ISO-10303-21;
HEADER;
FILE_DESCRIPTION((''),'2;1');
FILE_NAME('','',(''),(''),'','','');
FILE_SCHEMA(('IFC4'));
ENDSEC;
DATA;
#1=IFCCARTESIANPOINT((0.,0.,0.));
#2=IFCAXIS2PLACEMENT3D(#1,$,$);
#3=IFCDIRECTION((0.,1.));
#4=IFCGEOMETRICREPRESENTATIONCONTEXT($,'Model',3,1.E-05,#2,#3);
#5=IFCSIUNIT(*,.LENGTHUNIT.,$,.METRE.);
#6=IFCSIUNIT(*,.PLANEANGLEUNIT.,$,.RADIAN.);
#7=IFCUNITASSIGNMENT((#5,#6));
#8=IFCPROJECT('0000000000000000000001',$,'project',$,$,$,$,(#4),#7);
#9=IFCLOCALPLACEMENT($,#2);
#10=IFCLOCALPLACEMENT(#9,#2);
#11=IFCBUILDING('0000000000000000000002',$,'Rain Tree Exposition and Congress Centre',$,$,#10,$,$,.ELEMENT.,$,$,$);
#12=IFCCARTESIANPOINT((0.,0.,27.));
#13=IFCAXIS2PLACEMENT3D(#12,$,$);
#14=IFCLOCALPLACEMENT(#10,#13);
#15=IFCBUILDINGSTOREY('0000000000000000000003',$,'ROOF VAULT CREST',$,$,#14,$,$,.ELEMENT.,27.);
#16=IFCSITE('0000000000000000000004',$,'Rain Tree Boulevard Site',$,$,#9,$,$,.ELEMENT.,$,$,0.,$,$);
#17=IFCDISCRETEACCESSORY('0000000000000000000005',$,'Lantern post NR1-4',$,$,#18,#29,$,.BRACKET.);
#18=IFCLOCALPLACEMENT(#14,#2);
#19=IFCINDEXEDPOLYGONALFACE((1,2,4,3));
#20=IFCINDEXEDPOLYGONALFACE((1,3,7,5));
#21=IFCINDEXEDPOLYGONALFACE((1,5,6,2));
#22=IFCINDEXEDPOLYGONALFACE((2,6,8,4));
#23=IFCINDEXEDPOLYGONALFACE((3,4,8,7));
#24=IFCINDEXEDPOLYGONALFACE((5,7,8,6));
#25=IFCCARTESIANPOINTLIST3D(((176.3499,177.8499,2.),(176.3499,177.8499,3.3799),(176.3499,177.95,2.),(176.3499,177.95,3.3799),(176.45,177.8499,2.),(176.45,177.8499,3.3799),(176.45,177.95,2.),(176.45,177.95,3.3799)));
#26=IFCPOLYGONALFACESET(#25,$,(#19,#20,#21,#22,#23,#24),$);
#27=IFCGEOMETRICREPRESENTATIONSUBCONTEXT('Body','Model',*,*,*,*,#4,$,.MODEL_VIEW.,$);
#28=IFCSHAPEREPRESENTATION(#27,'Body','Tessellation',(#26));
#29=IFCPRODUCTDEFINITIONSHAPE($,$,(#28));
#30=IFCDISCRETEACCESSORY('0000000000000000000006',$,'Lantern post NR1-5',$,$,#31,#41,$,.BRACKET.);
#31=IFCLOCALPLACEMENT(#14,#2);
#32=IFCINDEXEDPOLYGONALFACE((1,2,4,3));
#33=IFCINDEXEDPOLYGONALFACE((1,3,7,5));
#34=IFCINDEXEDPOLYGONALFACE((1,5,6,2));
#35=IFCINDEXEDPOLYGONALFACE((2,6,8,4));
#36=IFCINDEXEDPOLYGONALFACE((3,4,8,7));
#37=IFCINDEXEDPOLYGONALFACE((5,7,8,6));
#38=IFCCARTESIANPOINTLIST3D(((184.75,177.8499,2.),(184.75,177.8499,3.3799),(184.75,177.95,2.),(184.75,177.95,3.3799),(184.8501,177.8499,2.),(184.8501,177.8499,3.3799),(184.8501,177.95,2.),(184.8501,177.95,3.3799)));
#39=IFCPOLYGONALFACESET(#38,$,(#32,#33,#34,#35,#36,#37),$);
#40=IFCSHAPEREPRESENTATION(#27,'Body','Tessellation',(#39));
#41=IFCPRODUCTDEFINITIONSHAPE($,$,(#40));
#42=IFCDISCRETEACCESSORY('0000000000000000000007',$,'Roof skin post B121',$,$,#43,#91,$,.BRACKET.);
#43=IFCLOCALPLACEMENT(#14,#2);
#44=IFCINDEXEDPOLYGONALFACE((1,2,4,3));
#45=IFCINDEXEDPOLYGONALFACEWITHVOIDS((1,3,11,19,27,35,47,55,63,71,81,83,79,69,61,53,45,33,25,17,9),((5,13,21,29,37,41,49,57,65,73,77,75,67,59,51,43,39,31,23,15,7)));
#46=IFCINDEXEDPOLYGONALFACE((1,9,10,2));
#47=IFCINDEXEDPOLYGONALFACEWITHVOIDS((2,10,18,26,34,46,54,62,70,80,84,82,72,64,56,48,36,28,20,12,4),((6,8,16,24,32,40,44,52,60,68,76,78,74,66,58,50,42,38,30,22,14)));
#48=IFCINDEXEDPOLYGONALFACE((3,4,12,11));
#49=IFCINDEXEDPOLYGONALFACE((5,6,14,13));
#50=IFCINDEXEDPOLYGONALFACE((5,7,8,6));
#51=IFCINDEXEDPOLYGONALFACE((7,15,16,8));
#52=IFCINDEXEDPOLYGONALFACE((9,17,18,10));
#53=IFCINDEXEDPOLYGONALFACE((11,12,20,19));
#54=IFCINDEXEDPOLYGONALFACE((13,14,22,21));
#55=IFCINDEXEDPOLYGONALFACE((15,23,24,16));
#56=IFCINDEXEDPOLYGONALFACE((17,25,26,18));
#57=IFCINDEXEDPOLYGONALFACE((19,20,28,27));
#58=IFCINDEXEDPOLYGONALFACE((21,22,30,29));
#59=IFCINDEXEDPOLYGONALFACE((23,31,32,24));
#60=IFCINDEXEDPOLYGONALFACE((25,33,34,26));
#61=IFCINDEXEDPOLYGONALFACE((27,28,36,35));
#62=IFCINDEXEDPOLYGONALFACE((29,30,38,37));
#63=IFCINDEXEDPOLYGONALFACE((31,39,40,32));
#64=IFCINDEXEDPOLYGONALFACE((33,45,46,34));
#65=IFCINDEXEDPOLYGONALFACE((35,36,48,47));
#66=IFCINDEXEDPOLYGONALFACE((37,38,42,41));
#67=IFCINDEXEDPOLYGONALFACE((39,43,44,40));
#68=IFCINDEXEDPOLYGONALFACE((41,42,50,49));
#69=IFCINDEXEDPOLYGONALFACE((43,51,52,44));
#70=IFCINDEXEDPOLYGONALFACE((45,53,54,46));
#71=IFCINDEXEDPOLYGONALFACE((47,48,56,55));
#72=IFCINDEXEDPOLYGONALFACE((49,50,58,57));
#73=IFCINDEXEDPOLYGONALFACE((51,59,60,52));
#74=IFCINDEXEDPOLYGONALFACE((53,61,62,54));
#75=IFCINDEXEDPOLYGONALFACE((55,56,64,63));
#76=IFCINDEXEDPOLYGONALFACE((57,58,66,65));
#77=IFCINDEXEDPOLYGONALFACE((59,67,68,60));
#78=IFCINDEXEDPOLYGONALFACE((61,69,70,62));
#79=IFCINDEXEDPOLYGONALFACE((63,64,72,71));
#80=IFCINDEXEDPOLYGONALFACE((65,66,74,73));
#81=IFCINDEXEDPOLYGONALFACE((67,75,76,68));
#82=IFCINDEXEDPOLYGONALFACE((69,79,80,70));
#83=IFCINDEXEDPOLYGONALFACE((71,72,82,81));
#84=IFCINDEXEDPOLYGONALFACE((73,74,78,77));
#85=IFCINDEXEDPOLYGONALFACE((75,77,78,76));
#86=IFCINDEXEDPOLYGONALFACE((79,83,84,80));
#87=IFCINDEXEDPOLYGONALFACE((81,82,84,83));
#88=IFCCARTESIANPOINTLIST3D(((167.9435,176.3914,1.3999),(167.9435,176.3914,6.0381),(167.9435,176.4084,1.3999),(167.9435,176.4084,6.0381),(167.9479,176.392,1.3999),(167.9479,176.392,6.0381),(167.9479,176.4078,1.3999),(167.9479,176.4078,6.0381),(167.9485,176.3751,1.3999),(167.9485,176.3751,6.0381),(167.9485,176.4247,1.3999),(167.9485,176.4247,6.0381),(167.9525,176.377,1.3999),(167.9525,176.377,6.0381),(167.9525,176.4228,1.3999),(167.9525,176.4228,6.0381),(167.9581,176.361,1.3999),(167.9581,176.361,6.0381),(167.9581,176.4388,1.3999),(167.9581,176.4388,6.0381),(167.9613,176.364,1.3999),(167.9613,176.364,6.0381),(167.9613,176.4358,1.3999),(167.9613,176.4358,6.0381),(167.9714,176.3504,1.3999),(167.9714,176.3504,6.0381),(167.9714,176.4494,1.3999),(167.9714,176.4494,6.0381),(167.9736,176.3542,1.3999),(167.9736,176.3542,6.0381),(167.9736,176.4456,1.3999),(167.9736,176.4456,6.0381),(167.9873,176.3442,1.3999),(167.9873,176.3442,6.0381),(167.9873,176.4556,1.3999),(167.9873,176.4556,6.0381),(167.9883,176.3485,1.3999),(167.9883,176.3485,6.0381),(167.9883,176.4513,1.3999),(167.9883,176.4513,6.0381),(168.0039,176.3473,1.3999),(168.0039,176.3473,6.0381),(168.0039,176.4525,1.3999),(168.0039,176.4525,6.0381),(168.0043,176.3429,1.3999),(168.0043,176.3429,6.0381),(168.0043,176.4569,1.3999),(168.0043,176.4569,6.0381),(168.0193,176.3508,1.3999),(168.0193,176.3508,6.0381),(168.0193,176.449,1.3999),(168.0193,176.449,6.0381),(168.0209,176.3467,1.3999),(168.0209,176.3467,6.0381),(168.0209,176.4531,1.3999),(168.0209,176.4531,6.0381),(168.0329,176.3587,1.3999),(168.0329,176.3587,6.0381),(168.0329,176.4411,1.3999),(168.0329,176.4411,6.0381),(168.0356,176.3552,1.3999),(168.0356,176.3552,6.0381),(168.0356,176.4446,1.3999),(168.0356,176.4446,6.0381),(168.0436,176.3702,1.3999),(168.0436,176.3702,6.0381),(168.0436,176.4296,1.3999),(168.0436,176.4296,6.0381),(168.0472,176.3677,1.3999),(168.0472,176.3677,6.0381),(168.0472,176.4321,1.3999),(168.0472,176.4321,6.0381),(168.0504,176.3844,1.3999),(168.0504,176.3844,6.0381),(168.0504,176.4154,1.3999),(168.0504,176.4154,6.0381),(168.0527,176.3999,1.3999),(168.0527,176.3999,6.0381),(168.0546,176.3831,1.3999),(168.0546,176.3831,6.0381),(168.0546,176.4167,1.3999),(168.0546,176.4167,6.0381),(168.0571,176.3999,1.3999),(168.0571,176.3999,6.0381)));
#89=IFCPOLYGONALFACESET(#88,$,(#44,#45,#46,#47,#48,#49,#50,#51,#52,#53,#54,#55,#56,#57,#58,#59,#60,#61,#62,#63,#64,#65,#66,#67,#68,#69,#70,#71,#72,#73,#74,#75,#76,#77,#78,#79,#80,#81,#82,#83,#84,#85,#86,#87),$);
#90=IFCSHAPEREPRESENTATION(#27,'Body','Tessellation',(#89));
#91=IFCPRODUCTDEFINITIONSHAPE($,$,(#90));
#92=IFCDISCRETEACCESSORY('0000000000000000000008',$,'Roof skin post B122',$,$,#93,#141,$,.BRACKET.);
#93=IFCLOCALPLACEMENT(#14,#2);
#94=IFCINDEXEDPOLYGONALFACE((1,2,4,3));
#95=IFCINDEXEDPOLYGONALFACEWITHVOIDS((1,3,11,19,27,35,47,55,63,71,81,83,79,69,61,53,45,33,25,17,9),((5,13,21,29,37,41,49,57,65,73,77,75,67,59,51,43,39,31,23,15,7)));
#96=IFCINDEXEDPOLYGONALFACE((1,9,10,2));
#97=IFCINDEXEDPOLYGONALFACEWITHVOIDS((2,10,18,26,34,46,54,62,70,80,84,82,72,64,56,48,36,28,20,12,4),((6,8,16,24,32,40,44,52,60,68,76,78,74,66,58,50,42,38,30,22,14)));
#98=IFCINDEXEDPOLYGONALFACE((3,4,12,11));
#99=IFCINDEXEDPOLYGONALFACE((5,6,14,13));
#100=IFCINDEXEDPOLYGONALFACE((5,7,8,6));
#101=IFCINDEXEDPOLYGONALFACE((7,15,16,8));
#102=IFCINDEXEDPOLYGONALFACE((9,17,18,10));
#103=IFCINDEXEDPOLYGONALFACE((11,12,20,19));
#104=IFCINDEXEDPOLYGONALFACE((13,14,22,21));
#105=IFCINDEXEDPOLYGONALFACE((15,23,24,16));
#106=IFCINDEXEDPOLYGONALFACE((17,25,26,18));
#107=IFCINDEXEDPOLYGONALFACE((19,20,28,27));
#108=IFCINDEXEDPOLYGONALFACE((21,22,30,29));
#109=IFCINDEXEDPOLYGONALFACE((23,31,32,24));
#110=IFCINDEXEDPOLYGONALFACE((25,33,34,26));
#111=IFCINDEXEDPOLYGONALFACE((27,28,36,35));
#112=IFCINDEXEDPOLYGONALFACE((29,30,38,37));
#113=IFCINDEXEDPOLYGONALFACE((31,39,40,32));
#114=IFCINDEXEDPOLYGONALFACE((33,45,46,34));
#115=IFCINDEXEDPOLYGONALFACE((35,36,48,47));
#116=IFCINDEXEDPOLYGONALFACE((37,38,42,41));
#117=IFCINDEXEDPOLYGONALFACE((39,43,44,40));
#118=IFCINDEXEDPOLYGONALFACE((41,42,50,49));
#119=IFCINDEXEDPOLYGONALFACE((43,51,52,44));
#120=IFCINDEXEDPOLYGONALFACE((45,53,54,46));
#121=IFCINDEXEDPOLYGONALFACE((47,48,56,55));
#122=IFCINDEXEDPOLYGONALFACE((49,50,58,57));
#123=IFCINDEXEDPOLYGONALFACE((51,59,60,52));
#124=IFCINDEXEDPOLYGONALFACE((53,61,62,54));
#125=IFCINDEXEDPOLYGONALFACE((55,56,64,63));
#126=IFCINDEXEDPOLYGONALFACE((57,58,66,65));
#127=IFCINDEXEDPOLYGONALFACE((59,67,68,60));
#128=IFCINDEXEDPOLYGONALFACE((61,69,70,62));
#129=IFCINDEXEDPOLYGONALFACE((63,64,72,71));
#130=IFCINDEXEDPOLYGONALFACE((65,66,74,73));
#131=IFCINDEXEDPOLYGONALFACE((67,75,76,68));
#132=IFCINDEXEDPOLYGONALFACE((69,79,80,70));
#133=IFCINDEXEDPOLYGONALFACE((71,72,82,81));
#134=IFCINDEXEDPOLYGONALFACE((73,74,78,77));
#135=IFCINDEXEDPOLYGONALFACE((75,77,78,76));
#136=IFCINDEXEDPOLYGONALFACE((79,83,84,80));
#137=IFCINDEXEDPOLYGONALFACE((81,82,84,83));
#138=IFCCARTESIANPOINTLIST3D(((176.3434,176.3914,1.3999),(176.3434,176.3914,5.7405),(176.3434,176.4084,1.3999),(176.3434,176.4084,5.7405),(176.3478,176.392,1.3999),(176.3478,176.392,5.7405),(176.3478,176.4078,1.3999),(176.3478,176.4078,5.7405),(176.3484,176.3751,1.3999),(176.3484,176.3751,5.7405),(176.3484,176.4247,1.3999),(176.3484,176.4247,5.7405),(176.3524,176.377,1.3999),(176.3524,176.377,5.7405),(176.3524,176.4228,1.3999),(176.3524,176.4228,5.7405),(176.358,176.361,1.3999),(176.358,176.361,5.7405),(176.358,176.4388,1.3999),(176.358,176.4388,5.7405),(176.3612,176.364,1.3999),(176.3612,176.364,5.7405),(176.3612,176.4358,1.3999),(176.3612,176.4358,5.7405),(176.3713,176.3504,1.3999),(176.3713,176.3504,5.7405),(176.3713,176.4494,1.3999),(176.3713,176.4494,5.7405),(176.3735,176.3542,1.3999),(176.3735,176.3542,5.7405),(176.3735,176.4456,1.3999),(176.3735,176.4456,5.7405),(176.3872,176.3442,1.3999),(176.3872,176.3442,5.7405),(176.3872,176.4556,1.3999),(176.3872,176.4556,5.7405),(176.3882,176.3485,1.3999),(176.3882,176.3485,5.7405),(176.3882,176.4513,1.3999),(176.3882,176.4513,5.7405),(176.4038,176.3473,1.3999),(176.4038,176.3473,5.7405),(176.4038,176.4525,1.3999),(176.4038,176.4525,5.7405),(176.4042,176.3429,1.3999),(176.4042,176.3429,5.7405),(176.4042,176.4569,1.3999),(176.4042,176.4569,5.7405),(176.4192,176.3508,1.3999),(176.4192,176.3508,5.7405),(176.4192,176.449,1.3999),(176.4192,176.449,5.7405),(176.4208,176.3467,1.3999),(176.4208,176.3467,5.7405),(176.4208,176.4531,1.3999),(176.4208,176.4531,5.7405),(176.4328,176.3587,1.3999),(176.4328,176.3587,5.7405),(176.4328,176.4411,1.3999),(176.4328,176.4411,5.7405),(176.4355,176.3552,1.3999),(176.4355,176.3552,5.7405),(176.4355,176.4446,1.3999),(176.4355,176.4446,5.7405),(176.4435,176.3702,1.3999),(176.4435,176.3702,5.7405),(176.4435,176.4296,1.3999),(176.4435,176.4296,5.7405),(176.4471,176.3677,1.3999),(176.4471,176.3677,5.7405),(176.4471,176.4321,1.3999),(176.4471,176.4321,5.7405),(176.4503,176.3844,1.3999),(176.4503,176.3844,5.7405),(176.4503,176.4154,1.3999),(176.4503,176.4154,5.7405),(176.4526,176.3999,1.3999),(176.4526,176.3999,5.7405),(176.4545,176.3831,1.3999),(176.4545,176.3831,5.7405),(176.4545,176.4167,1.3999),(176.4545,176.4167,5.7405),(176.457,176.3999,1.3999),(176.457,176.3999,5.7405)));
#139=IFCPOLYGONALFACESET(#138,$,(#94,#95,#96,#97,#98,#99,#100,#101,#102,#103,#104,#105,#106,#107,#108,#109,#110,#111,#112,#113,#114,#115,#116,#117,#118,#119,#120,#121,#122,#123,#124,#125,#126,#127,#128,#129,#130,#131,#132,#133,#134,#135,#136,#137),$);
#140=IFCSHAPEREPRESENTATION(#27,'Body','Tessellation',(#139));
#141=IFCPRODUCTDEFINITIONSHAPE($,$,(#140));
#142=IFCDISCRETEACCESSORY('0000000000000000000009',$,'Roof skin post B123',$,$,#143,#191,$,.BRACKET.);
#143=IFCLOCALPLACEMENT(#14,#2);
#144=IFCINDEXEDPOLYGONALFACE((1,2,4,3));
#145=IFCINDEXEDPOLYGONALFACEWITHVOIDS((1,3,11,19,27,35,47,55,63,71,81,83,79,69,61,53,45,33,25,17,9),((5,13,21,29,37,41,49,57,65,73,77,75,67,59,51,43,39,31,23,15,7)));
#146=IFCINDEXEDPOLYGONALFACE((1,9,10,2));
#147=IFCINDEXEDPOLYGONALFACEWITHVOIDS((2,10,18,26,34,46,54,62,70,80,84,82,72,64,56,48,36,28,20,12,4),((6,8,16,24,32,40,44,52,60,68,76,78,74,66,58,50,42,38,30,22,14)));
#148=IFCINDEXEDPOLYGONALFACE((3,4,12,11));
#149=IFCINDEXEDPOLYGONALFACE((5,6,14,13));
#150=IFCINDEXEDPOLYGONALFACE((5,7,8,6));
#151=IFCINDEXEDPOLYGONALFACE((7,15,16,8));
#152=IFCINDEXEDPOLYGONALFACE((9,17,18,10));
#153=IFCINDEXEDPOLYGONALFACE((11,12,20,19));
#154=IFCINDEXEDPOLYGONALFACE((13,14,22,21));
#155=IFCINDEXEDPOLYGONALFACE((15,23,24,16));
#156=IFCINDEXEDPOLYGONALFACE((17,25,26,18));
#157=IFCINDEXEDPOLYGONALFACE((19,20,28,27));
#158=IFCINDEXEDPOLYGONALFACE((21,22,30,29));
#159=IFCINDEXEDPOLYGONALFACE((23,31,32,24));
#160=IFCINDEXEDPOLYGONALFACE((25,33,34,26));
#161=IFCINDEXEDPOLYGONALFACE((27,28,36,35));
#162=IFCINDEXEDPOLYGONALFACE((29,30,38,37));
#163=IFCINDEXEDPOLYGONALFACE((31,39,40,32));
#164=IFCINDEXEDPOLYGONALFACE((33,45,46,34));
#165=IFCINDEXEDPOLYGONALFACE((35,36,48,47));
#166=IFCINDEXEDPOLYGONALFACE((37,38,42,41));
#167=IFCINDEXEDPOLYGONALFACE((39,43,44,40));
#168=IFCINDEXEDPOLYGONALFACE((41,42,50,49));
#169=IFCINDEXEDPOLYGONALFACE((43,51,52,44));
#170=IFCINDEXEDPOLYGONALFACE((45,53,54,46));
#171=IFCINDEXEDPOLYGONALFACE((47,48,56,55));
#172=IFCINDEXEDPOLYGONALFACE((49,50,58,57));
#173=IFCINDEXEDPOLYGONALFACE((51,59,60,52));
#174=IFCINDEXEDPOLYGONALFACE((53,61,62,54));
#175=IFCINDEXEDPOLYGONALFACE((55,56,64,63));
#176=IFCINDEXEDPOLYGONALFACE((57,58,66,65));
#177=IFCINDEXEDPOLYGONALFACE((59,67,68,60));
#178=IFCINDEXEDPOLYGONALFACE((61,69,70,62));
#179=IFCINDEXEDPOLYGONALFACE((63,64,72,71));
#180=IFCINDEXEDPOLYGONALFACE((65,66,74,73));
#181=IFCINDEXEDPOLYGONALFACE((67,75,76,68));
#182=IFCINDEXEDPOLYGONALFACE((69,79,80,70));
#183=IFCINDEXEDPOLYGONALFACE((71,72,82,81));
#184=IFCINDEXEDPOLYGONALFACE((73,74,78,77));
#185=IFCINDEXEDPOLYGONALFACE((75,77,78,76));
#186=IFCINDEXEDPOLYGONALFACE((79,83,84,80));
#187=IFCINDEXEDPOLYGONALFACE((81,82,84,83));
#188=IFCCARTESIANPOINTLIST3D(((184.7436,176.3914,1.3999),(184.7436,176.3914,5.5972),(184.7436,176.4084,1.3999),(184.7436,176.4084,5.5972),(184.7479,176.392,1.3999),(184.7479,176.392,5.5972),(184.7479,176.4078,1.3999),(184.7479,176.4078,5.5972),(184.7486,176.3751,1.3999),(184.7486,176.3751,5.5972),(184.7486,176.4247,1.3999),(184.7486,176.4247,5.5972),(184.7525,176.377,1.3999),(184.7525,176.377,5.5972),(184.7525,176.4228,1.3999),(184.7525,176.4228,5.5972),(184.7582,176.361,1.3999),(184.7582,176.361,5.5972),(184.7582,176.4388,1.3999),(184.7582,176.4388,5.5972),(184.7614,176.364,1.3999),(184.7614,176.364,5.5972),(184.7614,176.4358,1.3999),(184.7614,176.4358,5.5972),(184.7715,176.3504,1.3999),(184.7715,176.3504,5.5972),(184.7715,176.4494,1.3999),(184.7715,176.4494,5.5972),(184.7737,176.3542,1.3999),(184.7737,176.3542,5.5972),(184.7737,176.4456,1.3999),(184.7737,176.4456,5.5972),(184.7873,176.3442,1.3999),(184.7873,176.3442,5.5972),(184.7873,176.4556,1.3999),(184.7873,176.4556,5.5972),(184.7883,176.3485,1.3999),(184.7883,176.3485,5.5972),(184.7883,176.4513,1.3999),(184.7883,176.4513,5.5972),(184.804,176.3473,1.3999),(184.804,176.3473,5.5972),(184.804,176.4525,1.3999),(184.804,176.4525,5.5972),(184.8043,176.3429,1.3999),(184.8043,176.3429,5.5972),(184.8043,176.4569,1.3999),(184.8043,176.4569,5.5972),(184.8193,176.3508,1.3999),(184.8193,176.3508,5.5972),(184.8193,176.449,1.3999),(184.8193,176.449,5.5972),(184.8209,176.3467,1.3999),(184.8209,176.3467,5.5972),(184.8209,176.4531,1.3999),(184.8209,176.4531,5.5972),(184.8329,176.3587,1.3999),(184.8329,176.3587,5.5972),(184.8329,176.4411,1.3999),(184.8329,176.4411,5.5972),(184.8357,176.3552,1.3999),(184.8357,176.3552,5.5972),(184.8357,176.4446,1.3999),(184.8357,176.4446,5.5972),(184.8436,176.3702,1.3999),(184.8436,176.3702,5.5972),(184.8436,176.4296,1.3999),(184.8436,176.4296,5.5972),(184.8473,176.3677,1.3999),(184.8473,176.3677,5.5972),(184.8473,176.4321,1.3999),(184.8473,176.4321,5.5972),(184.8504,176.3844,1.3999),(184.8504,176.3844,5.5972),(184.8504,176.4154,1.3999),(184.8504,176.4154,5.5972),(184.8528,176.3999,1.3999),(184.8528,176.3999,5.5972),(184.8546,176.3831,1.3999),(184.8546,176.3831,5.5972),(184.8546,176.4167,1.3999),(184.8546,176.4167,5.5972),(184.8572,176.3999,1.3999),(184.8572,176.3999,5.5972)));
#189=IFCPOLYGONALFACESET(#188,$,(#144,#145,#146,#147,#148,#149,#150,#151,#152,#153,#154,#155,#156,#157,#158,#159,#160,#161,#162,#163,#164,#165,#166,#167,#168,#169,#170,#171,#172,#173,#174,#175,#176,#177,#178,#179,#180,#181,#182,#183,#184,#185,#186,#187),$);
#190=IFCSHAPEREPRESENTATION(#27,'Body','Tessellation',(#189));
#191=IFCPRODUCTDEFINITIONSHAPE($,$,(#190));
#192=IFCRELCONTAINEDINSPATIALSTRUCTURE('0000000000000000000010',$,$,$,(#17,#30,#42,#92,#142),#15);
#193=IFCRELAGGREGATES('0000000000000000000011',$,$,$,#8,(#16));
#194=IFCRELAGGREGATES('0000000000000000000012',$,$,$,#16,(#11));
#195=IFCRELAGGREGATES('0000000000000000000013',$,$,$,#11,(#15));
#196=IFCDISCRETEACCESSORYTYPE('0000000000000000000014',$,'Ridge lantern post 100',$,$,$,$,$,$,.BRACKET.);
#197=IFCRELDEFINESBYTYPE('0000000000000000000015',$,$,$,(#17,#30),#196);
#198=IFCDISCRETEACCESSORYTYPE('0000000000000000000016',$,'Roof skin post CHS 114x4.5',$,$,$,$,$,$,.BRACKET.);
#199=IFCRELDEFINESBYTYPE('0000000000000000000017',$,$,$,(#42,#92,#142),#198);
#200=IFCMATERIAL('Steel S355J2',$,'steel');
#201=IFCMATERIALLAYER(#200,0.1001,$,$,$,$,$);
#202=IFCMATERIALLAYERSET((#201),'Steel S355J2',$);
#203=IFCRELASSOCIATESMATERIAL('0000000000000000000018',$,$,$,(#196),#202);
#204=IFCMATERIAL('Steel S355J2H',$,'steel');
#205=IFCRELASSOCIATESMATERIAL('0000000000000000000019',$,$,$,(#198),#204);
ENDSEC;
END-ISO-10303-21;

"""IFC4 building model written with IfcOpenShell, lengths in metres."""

from ifc_helpers import new_model, si_unit, direction, frame, origin, origin_2d, place, context, subcontext, project, spatial, rectangle, hollow_circle, extrude, material, layer, layer_set, material_profile, profile_set, type_object, element, save


model = new_model("IFC4")

# Units and contexts
model_context = context("Model", 3, precision=1e-05, world=origin(), true_north=direction((0.0, 1.0)))
body_context = subcontext(model_context, "Body", "Model", "MODEL_VIEW")
ifc_project = project(units=[si_unit("LENGTHUNIT", "METRE"), si_unit("PLANEANGLEUNIT", "RADIAN")], contexts=[model_context])

# Site, building, storey
site_placement = place(None, origin())
site = spatial("IfcSite", under=ifc_project, at=site_placement, Name="Rain Tree Boulevard Site", CompositionType="ELEMENT", RefElevation=0.0)
building_placement = place(site_placement, origin())
building = spatial("IfcBuilding", under=site, at=building_placement, Name="Rain Tree Exposition and Congress Centre", CompositionType="ELEMENT")
storey_placement = place(building_placement, frame((0.0, 0.0, 27.0)))
storey = spatial("IfcBuildingStorey", under=building, at=storey_placement, Name="ROOF VAULT CREST", CompositionType="ELEMENT", Elevation=27.0)

# Discrete accessories
ifc_material_1 = material(Name="Steel S355J2", Category="steel")
ifc_layer_1 = layer(ifc_material_1, 0.1001)
ifc_layer_set_1 = layer_set([ifc_layer_1], Name="Steel S355J2")
discrete_accessory_type_1 = type_object("IfcDiscreteAccessoryType", Name="Ridge lantern post 100", PredefinedType="BRACKET", material=ifc_layer_set_1)
for number, where, z_axis, x_axis, name in (
    (1, (176.3999, 177.8999, 2.0), (0.0, 0.0, 1.0), (1.0, 0.0, 0.0), "Lantern post NR1-4"),
    (2, (184.8, 177.8999, 2.0), (0.0, 0.0, 1.0), (1.0, 0.0, 0.0), "Lantern post NR1-5"),
):
    element("IfcDiscreteAccessory", number, at=place(storey_placement, frame(where, z_axis=z_axis, x_axis=x_axis)), inside=storey, type_object=discrete_accessory_type_1, Name=name, PredefinedType="BRACKET", context=body_context, shape_type="SweptSolid", body=[
        extrude(rectangle(XDim=0.1001, YDim=0.1001, at=origin_2d()), origin(), (0.0, 0.0, 1.0), 1.3799),
    ])
ifc_material_2 = material(Name="Steel S355J2H", Category="steel")
ifc_material_profile_1 = material_profile(ifc_material_2, hollow_circle(Radius=0.0571, WallThickness=0.0044, at=origin_2d()), Name="CHS 114x4.5")
ifc_profile_set_1 = profile_set([ifc_material_profile_1], Name="Steel S355J2H")
discrete_accessory_type_2 = type_object("IfcDiscreteAccessoryType", Name="Roof skin post CHS 114x4.5", PredefinedType="BRACKET", material=ifc_profile_set_1)
discrete_accessory_1_placement = place(storey_placement, frame((168.0, 176.3999, 1.3999), z_axis=(0.0, 0.0, 1.0), x_axis=(1.0, 0.0, 0.0)))
element("IfcDiscreteAccessory", 3, at=discrete_accessory_1_placement, inside=storey, type_object=discrete_accessory_type_2, Name="Roof skin post B121", PredefinedType="BRACKET", context=body_context, shape_type="SweptSolid", body=[
    extrude(hollow_circle(Radius=0.0571, WallThickness=0.0044, at=origin_2d()), origin(), (0.0, 0.0, 1.0), 4.6382),
])
discrete_accessory_2_placement = place(storey_placement, frame((176.3999, 176.3999, 1.3999), z_axis=(0.0, 0.0, 1.0), x_axis=(1.0, 0.0, 0.0)))
element("IfcDiscreteAccessory", 4, at=discrete_accessory_2_placement, inside=storey, type_object=discrete_accessory_type_2, Name="Roof skin post B122", PredefinedType="BRACKET", context=body_context, shape_type="SweptSolid", body=[
    extrude(hollow_circle(Radius=0.0571, WallThickness=0.0044, at=origin_2d()), origin(), (0.0, 0.0, 1.0), 4.3406),
])
discrete_accessory_3_placement = place(storey_placement, frame((184.8, 176.3999, 1.3999), z_axis=(0.0, 0.0, 1.0), x_axis=(1.0, 0.0, 0.0)))
element("IfcDiscreteAccessory", 5, at=discrete_accessory_3_placement, inside=storey, type_object=discrete_accessory_type_2, Name="Roof skin post B123", PredefinedType="BRACKET", context=body_context, shape_type="SweptSolid", body=[
    extrude(hollow_circle(Radius=0.0571, WallThickness=0.0044, at=origin_2d()), origin(), (0.0, 0.0, 1.0), 4.1973),
])

save(model, "model.ifc")
